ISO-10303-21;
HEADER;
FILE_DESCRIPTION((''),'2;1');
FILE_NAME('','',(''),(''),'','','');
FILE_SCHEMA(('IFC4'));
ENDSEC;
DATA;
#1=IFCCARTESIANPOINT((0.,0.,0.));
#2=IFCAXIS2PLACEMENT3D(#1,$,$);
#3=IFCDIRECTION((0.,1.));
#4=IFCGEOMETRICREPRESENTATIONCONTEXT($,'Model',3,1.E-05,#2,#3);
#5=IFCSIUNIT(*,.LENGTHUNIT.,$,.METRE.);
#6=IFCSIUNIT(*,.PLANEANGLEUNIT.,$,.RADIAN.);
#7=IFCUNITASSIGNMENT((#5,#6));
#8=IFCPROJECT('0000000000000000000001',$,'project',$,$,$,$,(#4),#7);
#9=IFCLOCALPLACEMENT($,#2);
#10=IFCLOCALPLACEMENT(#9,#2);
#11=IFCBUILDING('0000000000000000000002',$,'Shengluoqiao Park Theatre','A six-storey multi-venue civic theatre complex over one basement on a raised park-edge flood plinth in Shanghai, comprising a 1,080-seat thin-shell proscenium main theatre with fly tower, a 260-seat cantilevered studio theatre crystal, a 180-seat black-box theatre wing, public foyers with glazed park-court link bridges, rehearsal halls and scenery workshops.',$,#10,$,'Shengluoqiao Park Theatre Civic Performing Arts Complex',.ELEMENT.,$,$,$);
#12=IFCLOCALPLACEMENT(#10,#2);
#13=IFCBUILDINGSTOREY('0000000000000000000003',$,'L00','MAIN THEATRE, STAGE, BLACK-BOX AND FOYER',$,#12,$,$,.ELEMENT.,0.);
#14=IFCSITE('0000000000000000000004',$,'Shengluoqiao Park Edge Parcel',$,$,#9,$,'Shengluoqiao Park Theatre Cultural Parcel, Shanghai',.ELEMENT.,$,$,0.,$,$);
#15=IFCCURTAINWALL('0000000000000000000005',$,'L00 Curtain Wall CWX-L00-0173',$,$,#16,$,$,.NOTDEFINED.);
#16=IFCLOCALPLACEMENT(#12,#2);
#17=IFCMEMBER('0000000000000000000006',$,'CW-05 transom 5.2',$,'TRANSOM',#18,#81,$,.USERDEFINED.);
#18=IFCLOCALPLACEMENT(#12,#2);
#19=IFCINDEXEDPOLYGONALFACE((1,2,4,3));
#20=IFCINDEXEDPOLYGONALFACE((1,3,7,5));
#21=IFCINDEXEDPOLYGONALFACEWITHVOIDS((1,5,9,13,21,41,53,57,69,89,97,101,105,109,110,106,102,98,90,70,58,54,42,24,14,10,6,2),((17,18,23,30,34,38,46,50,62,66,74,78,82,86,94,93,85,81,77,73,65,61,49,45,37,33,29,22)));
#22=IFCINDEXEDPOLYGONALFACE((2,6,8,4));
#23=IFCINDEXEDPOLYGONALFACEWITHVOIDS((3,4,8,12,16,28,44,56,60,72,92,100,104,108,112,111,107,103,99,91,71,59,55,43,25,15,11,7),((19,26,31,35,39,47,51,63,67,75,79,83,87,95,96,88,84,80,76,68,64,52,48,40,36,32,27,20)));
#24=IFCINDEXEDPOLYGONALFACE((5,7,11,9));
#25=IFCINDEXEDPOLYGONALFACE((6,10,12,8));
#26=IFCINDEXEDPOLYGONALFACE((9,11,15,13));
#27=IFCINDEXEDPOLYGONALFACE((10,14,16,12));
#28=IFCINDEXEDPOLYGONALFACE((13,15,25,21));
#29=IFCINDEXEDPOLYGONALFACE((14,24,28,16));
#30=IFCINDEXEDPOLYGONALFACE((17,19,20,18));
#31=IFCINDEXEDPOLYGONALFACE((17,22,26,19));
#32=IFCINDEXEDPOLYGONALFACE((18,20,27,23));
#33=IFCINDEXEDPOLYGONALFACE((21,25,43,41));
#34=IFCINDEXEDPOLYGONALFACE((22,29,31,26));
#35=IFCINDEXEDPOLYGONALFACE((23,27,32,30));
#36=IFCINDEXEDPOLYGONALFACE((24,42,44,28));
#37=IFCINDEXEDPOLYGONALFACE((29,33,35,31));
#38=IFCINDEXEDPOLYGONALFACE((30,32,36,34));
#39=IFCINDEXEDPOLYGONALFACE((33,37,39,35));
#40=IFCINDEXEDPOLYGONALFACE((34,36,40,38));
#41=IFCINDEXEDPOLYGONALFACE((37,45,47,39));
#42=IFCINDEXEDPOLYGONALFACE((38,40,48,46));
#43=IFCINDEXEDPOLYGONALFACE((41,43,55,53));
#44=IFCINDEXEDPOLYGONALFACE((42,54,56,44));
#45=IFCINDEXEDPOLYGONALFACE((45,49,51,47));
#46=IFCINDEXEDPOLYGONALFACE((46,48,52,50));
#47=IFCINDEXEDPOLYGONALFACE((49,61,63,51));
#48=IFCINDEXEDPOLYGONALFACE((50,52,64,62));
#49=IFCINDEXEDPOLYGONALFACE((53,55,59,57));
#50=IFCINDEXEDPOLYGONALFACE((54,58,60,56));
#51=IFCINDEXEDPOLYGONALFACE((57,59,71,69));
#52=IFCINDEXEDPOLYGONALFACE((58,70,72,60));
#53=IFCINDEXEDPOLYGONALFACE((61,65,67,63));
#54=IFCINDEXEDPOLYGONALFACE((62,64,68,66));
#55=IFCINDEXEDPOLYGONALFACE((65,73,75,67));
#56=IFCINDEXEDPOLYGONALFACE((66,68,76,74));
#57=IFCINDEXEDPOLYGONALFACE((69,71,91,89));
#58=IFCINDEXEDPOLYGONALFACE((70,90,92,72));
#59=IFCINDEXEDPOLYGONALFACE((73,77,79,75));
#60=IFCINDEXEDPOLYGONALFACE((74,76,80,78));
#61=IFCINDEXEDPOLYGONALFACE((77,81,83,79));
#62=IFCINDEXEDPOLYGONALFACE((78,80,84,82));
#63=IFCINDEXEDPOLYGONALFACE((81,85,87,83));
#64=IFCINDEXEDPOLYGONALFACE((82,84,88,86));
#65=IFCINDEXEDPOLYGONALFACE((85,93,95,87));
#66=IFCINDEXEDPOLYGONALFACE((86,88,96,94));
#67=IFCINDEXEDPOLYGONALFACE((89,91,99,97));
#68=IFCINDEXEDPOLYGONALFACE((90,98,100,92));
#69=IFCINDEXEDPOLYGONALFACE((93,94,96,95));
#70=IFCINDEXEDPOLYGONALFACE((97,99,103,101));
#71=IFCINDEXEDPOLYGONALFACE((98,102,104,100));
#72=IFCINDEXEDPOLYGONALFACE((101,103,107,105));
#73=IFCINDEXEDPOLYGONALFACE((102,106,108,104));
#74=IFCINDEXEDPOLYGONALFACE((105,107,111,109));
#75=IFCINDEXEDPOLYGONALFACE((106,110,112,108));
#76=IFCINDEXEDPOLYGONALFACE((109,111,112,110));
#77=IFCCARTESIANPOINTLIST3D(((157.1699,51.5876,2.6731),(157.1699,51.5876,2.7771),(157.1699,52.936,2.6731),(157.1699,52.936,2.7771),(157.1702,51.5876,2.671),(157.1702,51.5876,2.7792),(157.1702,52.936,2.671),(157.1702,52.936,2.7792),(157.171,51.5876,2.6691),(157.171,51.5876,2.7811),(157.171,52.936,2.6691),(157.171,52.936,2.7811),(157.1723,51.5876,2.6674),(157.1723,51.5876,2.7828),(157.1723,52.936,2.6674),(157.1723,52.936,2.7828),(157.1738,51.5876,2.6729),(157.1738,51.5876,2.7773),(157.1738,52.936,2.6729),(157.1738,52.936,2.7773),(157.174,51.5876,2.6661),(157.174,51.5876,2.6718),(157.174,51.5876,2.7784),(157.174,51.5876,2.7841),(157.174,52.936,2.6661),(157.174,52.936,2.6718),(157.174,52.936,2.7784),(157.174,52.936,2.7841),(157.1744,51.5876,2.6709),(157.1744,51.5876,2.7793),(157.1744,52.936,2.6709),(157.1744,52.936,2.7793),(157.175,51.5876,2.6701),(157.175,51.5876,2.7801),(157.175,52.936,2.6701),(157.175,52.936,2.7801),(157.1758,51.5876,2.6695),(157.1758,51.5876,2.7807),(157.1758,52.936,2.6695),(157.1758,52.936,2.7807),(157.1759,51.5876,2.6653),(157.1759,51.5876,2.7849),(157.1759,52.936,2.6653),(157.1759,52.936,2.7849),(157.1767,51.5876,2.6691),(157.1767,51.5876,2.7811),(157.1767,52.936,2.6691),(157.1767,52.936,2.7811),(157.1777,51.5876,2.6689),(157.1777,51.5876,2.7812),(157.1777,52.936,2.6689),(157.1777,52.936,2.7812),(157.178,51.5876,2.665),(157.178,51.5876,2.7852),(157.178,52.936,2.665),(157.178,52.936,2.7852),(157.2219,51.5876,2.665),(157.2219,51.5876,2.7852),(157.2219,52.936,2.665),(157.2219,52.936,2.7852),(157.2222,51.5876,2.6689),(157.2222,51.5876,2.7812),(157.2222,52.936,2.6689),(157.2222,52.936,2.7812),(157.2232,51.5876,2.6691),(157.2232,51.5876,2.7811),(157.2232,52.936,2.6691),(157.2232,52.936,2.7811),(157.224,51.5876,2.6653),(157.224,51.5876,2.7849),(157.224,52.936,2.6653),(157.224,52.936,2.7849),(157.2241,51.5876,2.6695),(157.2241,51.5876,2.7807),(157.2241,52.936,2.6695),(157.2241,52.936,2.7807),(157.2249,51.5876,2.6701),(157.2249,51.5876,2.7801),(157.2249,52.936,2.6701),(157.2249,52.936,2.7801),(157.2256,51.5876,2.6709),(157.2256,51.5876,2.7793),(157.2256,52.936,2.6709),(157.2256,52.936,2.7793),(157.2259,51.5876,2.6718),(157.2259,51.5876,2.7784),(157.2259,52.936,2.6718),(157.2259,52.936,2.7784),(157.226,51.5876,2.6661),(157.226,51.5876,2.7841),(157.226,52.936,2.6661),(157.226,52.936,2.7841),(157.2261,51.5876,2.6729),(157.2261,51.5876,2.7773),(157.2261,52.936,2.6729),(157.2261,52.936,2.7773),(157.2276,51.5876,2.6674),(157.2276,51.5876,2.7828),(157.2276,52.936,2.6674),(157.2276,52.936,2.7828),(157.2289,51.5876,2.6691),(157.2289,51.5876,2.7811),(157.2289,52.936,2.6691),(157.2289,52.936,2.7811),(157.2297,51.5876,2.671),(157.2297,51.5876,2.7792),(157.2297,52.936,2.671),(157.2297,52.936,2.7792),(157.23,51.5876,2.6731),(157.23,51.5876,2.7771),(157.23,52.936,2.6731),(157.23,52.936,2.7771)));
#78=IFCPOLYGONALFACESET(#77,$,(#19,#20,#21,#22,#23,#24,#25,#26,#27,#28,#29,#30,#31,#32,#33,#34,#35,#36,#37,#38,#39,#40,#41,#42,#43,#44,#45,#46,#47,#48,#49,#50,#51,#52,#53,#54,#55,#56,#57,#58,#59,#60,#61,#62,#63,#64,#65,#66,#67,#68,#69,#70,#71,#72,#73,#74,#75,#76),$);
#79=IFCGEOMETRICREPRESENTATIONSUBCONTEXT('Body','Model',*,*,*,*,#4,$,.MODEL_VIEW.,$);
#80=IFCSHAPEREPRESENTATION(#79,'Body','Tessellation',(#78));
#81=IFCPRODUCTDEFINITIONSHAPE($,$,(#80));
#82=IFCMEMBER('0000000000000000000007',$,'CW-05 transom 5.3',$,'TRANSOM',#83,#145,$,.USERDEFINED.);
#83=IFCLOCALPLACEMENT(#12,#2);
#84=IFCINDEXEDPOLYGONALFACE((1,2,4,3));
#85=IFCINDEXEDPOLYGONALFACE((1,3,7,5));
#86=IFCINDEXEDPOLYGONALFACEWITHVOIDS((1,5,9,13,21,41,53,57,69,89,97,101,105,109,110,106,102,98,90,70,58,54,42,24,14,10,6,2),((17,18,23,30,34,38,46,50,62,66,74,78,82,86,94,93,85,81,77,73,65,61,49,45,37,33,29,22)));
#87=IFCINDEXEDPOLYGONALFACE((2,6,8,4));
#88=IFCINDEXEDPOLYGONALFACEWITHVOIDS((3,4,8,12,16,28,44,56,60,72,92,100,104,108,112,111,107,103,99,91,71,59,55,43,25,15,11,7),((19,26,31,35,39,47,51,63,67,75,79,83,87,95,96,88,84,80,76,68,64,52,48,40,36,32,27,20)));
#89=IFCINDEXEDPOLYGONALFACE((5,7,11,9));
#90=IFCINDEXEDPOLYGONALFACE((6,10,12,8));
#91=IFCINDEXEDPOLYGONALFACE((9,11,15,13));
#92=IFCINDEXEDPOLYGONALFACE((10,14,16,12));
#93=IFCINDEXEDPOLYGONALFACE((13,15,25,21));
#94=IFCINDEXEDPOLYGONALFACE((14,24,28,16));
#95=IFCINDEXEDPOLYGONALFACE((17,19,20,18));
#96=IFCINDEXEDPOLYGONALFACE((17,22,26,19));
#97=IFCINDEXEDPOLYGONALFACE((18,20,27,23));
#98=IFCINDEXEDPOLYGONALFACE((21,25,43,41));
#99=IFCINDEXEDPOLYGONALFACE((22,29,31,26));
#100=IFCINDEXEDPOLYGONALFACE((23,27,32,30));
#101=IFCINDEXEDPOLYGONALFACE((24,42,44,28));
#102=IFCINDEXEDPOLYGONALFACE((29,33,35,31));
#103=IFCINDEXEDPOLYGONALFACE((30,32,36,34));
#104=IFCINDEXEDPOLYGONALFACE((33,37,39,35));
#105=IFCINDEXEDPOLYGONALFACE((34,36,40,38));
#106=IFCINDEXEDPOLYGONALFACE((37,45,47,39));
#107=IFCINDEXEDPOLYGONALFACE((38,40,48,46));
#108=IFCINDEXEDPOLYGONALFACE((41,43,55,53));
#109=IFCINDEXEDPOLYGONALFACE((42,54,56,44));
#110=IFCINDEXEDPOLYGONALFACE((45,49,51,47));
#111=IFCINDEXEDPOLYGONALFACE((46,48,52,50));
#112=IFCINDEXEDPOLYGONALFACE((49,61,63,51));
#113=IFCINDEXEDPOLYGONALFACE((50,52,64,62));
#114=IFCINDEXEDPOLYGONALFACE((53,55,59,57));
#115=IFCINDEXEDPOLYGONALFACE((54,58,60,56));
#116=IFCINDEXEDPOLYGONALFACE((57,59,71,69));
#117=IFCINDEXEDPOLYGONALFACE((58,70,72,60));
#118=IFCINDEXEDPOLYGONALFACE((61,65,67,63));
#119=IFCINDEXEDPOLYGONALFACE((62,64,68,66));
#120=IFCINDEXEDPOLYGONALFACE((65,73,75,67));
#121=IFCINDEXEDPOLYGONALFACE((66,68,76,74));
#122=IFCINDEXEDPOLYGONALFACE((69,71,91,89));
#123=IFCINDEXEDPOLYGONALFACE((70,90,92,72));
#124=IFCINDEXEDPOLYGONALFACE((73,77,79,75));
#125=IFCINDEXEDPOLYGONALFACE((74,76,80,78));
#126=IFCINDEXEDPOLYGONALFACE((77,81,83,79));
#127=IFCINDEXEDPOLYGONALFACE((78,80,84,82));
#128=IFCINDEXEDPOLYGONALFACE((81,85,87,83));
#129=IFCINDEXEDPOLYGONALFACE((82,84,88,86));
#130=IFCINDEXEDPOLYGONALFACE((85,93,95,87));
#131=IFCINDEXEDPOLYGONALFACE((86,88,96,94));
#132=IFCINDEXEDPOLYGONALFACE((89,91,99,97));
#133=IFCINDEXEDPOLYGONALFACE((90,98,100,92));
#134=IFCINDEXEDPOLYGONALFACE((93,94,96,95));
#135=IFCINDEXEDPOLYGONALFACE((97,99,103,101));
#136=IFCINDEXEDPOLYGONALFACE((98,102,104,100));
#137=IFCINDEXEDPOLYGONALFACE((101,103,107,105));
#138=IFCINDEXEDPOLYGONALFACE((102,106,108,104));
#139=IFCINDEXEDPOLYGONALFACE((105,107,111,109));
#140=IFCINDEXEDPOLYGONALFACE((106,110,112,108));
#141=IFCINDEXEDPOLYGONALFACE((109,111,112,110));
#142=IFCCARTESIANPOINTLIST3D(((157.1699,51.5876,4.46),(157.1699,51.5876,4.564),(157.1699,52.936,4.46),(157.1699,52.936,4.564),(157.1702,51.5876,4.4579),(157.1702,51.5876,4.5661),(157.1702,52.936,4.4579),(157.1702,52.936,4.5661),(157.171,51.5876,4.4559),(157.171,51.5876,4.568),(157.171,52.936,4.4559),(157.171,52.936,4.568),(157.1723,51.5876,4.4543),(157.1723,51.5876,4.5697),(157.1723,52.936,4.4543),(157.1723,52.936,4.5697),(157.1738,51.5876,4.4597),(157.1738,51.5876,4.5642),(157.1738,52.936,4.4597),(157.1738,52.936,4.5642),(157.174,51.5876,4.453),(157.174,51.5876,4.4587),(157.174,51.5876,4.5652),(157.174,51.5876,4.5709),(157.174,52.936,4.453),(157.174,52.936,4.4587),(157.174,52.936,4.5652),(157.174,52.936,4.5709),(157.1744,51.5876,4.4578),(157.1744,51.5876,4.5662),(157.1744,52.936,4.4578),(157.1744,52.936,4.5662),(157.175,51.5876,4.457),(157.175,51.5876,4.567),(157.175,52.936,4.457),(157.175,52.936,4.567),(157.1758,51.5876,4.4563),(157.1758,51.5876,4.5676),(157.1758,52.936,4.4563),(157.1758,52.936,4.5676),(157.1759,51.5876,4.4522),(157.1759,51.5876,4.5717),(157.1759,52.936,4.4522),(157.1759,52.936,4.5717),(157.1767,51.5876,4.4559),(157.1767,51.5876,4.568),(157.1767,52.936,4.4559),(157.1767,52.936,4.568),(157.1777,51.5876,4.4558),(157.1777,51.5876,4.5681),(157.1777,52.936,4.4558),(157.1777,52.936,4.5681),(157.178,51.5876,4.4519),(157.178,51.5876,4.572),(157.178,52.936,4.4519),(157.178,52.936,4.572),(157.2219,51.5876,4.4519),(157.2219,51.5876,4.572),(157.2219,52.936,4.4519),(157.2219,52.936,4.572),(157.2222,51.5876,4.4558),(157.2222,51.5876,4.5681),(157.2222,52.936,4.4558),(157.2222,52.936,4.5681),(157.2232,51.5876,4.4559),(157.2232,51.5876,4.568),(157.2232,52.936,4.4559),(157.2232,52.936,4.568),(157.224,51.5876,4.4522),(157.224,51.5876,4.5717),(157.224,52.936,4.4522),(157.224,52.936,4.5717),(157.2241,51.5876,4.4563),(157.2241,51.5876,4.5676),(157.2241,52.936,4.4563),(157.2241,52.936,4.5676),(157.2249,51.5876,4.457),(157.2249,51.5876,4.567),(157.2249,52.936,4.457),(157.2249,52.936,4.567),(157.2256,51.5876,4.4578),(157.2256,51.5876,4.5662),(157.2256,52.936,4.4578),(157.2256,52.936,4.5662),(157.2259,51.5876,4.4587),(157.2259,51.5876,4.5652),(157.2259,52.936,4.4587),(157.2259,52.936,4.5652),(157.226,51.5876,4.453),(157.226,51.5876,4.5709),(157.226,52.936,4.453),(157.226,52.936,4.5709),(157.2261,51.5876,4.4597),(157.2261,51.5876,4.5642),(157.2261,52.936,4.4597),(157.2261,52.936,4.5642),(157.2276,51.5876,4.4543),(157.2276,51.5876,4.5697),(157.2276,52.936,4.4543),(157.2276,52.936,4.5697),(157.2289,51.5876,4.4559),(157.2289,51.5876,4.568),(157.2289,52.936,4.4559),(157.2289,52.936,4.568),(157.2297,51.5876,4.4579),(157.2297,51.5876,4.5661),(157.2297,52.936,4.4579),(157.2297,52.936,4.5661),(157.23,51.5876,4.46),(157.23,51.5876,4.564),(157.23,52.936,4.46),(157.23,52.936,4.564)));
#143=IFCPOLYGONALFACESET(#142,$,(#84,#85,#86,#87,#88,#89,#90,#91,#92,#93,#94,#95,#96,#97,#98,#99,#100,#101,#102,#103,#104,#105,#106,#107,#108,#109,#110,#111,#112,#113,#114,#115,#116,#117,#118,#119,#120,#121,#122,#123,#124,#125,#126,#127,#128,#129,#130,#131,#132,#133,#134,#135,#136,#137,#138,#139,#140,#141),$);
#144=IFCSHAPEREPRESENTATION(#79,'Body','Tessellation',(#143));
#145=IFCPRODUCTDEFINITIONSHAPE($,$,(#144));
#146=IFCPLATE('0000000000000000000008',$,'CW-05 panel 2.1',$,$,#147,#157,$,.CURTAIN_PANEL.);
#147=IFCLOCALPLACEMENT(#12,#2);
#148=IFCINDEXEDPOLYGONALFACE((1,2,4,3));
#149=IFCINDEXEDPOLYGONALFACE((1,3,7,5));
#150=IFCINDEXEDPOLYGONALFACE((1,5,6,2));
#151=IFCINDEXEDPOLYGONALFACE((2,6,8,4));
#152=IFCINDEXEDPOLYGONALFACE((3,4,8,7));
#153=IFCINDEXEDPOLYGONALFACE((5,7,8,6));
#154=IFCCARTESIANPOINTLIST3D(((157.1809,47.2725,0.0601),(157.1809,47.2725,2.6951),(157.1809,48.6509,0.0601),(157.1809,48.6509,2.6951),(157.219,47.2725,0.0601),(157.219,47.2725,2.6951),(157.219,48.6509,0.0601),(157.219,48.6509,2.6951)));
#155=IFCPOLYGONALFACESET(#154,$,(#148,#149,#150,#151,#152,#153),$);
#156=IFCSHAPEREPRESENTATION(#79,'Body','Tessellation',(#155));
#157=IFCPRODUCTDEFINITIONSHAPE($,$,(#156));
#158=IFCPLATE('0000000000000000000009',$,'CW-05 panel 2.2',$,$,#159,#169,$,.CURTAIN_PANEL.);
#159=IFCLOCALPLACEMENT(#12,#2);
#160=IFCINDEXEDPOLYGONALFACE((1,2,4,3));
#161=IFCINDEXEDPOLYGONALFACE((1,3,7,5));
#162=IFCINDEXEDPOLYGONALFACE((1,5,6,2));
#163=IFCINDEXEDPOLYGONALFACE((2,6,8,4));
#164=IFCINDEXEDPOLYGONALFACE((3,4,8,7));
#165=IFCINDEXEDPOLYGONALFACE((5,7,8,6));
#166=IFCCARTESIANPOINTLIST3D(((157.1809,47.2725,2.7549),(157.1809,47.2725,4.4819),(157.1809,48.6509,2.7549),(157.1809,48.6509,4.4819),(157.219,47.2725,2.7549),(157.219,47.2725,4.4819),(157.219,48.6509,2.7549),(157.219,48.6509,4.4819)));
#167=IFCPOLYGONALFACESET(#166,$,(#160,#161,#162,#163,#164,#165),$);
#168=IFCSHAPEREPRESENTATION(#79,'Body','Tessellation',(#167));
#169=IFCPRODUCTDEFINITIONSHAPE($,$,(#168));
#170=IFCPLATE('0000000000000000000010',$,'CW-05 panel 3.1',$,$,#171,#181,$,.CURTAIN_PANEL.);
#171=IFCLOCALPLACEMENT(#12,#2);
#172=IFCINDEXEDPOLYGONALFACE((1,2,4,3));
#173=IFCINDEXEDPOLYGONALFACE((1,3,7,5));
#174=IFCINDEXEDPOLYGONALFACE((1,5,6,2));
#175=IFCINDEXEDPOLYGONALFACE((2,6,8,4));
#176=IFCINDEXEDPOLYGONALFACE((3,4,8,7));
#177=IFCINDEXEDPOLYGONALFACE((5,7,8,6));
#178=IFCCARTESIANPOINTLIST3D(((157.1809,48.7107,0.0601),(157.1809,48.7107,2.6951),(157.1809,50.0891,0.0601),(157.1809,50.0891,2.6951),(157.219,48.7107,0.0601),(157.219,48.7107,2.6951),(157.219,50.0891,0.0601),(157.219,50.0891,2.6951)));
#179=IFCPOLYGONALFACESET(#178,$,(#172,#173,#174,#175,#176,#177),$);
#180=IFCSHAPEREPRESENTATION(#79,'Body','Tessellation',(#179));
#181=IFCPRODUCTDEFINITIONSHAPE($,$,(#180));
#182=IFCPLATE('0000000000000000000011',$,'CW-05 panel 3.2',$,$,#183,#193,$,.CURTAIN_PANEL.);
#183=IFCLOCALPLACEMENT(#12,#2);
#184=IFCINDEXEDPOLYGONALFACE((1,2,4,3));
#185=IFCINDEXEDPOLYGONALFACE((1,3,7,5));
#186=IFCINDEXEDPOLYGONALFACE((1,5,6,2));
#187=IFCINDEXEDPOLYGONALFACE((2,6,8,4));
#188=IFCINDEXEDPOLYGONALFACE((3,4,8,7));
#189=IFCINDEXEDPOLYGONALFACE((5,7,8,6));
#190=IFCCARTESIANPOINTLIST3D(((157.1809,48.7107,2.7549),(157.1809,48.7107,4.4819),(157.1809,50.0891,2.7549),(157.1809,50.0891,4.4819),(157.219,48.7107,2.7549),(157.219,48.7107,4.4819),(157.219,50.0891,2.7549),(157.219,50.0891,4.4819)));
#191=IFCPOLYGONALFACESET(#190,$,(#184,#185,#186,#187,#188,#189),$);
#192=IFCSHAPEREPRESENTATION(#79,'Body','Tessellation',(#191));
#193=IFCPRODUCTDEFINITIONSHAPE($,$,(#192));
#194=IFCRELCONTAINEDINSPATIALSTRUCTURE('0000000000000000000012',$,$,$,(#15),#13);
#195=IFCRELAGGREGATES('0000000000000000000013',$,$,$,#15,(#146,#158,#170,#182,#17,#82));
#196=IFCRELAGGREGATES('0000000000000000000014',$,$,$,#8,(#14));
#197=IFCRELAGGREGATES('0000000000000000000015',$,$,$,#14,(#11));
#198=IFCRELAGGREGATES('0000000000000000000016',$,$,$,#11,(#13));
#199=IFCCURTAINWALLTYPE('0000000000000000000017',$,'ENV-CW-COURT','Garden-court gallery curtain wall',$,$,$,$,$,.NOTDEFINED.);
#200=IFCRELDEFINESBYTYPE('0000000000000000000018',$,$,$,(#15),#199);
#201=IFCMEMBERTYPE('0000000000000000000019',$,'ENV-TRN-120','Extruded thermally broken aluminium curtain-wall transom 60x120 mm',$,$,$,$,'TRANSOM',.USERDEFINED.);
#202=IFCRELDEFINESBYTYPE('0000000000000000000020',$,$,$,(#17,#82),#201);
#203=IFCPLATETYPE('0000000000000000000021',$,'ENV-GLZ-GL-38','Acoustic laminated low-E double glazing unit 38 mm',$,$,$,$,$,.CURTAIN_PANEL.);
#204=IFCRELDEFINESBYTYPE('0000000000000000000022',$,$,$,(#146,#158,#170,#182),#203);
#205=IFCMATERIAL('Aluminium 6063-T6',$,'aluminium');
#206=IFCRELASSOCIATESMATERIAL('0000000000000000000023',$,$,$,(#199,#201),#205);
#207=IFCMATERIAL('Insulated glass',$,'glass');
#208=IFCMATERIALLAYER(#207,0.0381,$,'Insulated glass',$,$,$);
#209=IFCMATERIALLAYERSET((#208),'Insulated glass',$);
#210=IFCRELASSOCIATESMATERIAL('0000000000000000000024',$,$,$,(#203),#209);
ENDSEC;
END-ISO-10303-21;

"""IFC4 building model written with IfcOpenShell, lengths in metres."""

from ifc_helpers import new_model, si_unit, direction, frame, origin, origin_2d, place, context, subcontext, project, spatial, rectangle, hollow_rectangle, extrude, material, layer, layer_set, material_profile, profile_set, type_object, element, aggregate, save


model = new_model("IFC4")

# Units and contexts
model_context = context("Model", 3, precision=1e-05, world=origin(), true_north=direction((0.0, 1.0)))
body_context = subcontext(model_context, "Body", "Model", "MODEL_VIEW")
ifc_project = project(units=[si_unit("LENGTHUNIT", "METRE"), si_unit("PLANEANGLEUNIT", "RADIAN")], contexts=[model_context])

# Site, building, storey
site_placement = place(None, origin())
site = spatial("IfcSite", under=ifc_project, at=site_placement, Name="Shengluoqiao Park Edge Parcel", LongName="Shengluoqiao Park Theatre Cultural Parcel, Shanghai", CompositionType="ELEMENT", RefElevation=0.0)
building_placement = place(site_placement, origin())
building = spatial("IfcBuilding", under=site, at=building_placement, Name="Shengluoqiao Park Theatre", Description="A six-storey multi-venue civic theatre complex over one basement on a raised park-edge flood plinth in Shanghai, comprising a 1,080-seat thin-shell proscenium main theatre with fly tower, a 260-seat cantilevered studio theatre crystal, a 180-seat black-box theatre wing, public foyers with glazed park-court link bridges, rehearsal halls and scenery workshops.", LongName="Shengluoqiao Park Theatre Civic Performing Arts Complex", CompositionType="ELEMENT")
storey_placement = place(building_placement, origin())
storey = spatial("IfcBuildingStorey", under=building, at=storey_placement, Name="L00", Description="MAIN THEATRE, STAGE, BLACK-BOX AND FOYER", CompositionType="ELEMENT", Elevation=0.0)

# Curtain wall, members, plates
ifc_material_1 = material(Name="Aluminium 6063-T6", Category="aluminium")
curtain_wall_type = type_object("IfcCurtainWallType", Name="ENV-CW-COURT", Description="Garden-court gallery curtain wall", PredefinedType="NOTDEFINED", material=ifc_material_1)
curtain_wall_placement = place(storey_placement, origin())
curtain_wall = element("IfcCurtainWall", 1, at=curtain_wall_placement, inside=storey, type_object=curtain_wall_type, Name="L00 Curtain Wall CWX-L00-0173", PredefinedType="NOTDEFINED")
ifc_material_profile_1 = material_profile(ifc_material_1, hollow_rectangle(XDim=0.0601, YDim=0.1201, WallThickness=0.0039, InnerFilletRadius=0.0039, OuterFilletRadius=0.0081, at=origin_2d()), Name="ALU TRANSOM 120x60x4")
ifc_profile_set_1 = profile_set([ifc_material_profile_1], Name="Aluminium 6063-T6")
member_type_1 = type_object("IfcMemberType", Name="ENV-TRN-120", Description="Extruded thermally broken aluminium curtain-wall transom 60x120 mm", ElementType="TRANSOM", PredefinedType="USERDEFINED", material=ifc_profile_set_1)
member_1_placement = place(storey_placement, frame((157.2, 51.5876, 2.7251), z_axis=(0.0, 1.0, 0.0), x_axis=(-1.0, 0.0, 0.0)))
member_1 = element("IfcMember", 2, at=member_1_placement, type_object=member_type_1, Name="CW-05 transom 5.2", ObjectType="TRANSOM", PredefinedType="USERDEFINED", context=body_context, shape_type="SweptSolid", body=[
    extrude(hollow_rectangle(XDim=0.0601, YDim=0.1201, WallThickness=0.0039, InnerFilletRadius=0.0039, OuterFilletRadius=0.0081, at=origin_2d()), origin(), (0.0, 0.0, 1.0), 1.3484),
])
member_2_placement = place(storey_placement, frame((157.2, 51.5876, 4.512), z_axis=(0.0, 1.0, 0.0), x_axis=(-1.0, 0.0, 0.0)))
member_2 = element("IfcMember", 3, at=member_2_placement, type_object=member_type_1, Name="CW-05 transom 5.3", ObjectType="TRANSOM", PredefinedType="USERDEFINED", context=body_context, shape_type="SweptSolid", body=[
    extrude(hollow_rectangle(XDim=0.0601, YDim=0.1201, WallThickness=0.0039, InnerFilletRadius=0.0039, OuterFilletRadius=0.0081, at=origin_2d()), origin(), (0.0, 0.0, 1.0), 1.3484),
])
ifc_material_2 = material(Name="Insulated glass", Category="glass")
ifc_layer = layer(ifc_material_2, 0.0381, Name="Insulated glass")
ifc_layer_set = layer_set([ifc_layer], Name="Insulated glass")
plate_type = type_object("IfcPlateType", Name="ENV-GLZ-GL-38", Description="Acoustic laminated low-E double glazing unit 38 mm", PredefinedType="CURTAIN_PANEL", material=ifc_layer_set)
plate_1_placement = place(storey_placement, frame((157.2, 47.9617, 0.0601), z_axis=(0.0, 0.0, 1.0), x_axis=(0.0, 1.0, 0.0)))
plate_1 = element("IfcPlate", 4, at=plate_1_placement, type_object=plate_type, Name="CW-05 panel 2.1", PredefinedType="CURTAIN_PANEL", context=body_context, shape_type="SweptSolid", body=[
    extrude(rectangle(XDim=1.3784, YDim=0.0381, at=origin_2d()), origin(), (0.0, 0.0, 1.0), 2.635),
])
plate_2_placement = place(storey_placement, frame((157.2, 47.9617, 2.7549), z_axis=(0.0, 0.0, 1.0), x_axis=(0.0, 1.0, 0.0)))
plate_2 = element("IfcPlate", 5, at=plate_2_placement, type_object=plate_type, Name="CW-05 panel 2.2", PredefinedType="CURTAIN_PANEL", context=body_context, shape_type="SweptSolid", body=[
    extrude(rectangle(XDim=1.3784, YDim=0.0381, at=origin_2d()), origin(), (0.0, 0.0, 1.0), 1.7271),
])
plate_3_placement = place(storey_placement, frame((157.2, 49.3999, 0.0601), z_axis=(0.0, 0.0, 1.0), x_axis=(0.0, 1.0, 0.0)))
plate_3 = element("IfcPlate", 6, at=plate_3_placement, type_object=plate_type, Name="CW-05 panel 3.1", PredefinedType="CURTAIN_PANEL", context=body_context, shape_type="SweptSolid", body=[
    extrude(rectangle(XDim=1.3784, YDim=0.0381, at=origin_2d()), origin(), (0.0, 0.0, 1.0), 2.635),
])
plate_4_placement = place(storey_placement, frame((157.2, 49.3999, 2.7549), z_axis=(0.0, 0.0, 1.0), x_axis=(0.0, 1.0, 0.0)))
plate_4 = element("IfcPlate", 7, at=plate_4_placement, type_object=plate_type, Name="CW-05 panel 3.2", PredefinedType="CURTAIN_PANEL", context=body_context, shape_type="SweptSolid", body=[
    extrude(rectangle(XDim=1.3784, YDim=0.0381, at=origin_2d()), origin(), (0.0, 0.0, 1.0), 1.7271),
])
aggregate(curtain_wall, [plate_1, plate_2, plate_3, plate_4, member_1, member_2])

save(model, "model.ifc")
